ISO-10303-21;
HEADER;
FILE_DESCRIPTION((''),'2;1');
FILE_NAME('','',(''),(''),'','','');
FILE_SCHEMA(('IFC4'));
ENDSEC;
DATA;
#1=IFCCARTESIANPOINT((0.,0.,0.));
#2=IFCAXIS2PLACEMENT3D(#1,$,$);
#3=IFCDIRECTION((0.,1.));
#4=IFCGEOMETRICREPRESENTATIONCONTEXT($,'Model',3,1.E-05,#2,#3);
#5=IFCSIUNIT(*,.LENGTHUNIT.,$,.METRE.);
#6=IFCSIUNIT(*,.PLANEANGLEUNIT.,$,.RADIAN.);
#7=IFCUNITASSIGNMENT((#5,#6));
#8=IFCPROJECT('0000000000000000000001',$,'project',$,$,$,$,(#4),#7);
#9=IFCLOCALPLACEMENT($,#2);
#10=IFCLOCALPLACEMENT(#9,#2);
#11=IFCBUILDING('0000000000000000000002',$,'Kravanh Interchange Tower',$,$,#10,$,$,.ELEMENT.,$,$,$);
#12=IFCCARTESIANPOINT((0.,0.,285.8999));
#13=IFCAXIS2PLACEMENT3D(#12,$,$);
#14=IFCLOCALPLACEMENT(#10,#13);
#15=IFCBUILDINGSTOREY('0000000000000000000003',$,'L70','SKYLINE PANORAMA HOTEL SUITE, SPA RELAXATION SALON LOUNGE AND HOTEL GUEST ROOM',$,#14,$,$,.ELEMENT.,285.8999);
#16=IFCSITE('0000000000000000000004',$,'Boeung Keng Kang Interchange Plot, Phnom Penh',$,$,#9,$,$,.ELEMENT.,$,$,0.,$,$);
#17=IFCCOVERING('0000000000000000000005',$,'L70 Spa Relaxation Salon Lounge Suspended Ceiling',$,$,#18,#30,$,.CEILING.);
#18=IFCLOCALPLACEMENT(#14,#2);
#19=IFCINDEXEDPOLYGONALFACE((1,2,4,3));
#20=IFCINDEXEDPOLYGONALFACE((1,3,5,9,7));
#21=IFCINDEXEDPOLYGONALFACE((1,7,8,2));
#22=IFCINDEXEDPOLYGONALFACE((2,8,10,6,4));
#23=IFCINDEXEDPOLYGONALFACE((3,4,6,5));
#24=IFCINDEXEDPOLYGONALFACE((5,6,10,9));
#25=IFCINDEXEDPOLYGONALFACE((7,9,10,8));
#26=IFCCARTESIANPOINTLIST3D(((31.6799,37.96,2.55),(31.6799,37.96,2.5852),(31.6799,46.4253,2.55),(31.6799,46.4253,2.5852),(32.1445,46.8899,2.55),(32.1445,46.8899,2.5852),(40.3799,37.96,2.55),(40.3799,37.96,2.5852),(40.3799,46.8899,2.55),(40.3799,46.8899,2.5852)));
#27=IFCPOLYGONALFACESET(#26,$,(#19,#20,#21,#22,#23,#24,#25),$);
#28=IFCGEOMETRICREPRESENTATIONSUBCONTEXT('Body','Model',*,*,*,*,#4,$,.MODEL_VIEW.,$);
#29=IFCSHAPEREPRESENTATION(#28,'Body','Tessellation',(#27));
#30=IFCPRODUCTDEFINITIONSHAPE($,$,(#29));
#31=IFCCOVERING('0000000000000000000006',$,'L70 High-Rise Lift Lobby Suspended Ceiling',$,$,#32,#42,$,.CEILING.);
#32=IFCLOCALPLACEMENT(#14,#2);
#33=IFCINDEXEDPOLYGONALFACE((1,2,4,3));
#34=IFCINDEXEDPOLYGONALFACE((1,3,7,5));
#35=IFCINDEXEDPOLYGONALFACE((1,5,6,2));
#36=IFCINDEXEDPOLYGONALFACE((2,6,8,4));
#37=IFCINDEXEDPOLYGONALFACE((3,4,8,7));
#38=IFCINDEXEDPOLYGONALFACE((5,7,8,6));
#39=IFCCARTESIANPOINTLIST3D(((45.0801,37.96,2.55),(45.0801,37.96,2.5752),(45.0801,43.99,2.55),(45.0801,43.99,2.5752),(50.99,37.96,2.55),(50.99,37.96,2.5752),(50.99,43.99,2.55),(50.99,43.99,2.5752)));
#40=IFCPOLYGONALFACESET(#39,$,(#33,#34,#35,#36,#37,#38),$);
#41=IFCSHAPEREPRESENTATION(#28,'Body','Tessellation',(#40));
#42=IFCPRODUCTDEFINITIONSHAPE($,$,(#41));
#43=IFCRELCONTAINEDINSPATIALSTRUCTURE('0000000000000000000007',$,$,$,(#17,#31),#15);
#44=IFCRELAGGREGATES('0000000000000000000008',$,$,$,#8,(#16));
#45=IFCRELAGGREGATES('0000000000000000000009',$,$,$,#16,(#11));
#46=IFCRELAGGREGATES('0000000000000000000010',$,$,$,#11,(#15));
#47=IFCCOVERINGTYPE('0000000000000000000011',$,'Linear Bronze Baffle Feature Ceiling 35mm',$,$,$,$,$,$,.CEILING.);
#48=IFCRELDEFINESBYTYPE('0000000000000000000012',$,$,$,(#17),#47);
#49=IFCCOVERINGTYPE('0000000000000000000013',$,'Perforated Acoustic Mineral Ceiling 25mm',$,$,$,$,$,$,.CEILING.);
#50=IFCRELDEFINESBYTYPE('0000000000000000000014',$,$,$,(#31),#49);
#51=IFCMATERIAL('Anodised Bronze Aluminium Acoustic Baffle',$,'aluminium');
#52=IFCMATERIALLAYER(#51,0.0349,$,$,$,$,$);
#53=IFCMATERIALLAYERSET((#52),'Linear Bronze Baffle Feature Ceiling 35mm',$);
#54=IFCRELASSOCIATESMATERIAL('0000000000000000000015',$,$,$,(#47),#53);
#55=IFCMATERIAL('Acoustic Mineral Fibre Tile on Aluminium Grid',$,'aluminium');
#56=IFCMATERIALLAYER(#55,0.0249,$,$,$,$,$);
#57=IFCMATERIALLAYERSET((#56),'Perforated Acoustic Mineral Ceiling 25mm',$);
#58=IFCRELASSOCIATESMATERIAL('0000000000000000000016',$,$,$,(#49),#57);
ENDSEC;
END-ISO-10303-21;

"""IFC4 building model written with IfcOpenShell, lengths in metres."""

from ifc_helpers import new_model, si_unit, direction, frame, origin, place, context, subcontext, project, spatial, polyline, outline, extrude, material, layer, layer_set, type_object, element, save


model = new_model("IFC4")

# Units and contexts
model_context = context("Model", 3, precision=1e-05, world=origin(), true_north=direction((0.0, 1.0)))
body_context = subcontext(model_context, "Body", "Model", "MODEL_VIEW")
ifc_project = project(units=[si_unit("LENGTHUNIT", "METRE"), si_unit("PLANEANGLEUNIT", "RADIAN")], contexts=[model_context])

# Site, building, storey
site_placement = place(None, origin())
site = spatial("IfcSite", under=ifc_project, at=site_placement, Name="Boeung Keng Kang Interchange Plot, Phnom Penh", CompositionType="ELEMENT", RefElevation=0.0)
building_placement = place(site_placement, origin())
building = spatial("IfcBuilding", under=site, at=building_placement, Name="Kravanh Interchange Tower", CompositionType="ELEMENT")
storey_placement = place(building_placement, frame((0.0, 0.0, 285.8999)))
storey = spatial("IfcBuildingStorey", under=building, at=storey_placement, Name="L70", Description="SKYLINE PANORAMA HOTEL SUITE, SPA RELAXATION SALON LOUNGE AND HOTEL GUEST ROOM", CompositionType="ELEMENT", Elevation=285.8999)

# Coverings
ifc_material_1 = material(Name="Anodised Bronze Aluminium Acoustic Baffle", Category="aluminium")
ifc_layer_1 = layer(ifc_material_1, 0.0349)
ifc_layer_set_1 = layer_set([ifc_layer_1], Name="Linear Bronze Baffle Feature Ceiling 35mm")
covering_type_1 = type_object("IfcCoveringType", Name="Linear Bronze Baffle Feature Ceiling 35mm", PredefinedType="CEILING", material=ifc_layer_set_1)
covering_1_placement = place(storey_placement, frame((0.0, 0.0, 2.55)))
element("IfcCovering", 1, at=covering_1_placement, inside=storey, type_object=covering_type_1, Name="L70 Spa Relaxation Salon Lounge Suspended Ceiling", PredefinedType="CEILING", context=body_context, shape_type="SweptSolid", body=[
    extrude(outline(polyline([(40.3799, 37.96), (31.6799, 37.96), (31.6799, 46.4253), (32.1445, 46.8899), (40.3799, 46.8899), (40.3799, 37.96)])), origin(), (0.0, 0.0, 1.0), 0.0352),
])
ifc_material_2 = material(Name="Acoustic Mineral Fibre Tile on Aluminium Grid", Category="aluminium")
ifc_layer_2 = layer(ifc_material_2, 0.0249)
ifc_layer_set_2 = layer_set([ifc_layer_2], Name="Perforated Acoustic Mineral Ceiling 25mm")
covering_type_2 = type_object("IfcCoveringType", Name="Perforated Acoustic Mineral Ceiling 25mm", PredefinedType="CEILING", material=ifc_layer_set_2)
covering_2_placement = place(storey_placement, frame((0.0, 0.0, 2.55)))
element("IfcCovering", 2, at=covering_2_placement, inside=storey, type_object=covering_type_2, Name="L70 High-Rise Lift Lobby Suspended Ceiling", PredefinedType="CEILING", context=body_context, shape_type="SweptSolid", body=[
    extrude(outline(polyline([(50.99, 37.96), (45.0801, 37.96), (45.0801, 43.99), (50.99, 43.99), (50.99, 37.96)])), origin(), (0.0, 0.0, 1.0), 0.0251),
])

save(model, "model.ifc")
